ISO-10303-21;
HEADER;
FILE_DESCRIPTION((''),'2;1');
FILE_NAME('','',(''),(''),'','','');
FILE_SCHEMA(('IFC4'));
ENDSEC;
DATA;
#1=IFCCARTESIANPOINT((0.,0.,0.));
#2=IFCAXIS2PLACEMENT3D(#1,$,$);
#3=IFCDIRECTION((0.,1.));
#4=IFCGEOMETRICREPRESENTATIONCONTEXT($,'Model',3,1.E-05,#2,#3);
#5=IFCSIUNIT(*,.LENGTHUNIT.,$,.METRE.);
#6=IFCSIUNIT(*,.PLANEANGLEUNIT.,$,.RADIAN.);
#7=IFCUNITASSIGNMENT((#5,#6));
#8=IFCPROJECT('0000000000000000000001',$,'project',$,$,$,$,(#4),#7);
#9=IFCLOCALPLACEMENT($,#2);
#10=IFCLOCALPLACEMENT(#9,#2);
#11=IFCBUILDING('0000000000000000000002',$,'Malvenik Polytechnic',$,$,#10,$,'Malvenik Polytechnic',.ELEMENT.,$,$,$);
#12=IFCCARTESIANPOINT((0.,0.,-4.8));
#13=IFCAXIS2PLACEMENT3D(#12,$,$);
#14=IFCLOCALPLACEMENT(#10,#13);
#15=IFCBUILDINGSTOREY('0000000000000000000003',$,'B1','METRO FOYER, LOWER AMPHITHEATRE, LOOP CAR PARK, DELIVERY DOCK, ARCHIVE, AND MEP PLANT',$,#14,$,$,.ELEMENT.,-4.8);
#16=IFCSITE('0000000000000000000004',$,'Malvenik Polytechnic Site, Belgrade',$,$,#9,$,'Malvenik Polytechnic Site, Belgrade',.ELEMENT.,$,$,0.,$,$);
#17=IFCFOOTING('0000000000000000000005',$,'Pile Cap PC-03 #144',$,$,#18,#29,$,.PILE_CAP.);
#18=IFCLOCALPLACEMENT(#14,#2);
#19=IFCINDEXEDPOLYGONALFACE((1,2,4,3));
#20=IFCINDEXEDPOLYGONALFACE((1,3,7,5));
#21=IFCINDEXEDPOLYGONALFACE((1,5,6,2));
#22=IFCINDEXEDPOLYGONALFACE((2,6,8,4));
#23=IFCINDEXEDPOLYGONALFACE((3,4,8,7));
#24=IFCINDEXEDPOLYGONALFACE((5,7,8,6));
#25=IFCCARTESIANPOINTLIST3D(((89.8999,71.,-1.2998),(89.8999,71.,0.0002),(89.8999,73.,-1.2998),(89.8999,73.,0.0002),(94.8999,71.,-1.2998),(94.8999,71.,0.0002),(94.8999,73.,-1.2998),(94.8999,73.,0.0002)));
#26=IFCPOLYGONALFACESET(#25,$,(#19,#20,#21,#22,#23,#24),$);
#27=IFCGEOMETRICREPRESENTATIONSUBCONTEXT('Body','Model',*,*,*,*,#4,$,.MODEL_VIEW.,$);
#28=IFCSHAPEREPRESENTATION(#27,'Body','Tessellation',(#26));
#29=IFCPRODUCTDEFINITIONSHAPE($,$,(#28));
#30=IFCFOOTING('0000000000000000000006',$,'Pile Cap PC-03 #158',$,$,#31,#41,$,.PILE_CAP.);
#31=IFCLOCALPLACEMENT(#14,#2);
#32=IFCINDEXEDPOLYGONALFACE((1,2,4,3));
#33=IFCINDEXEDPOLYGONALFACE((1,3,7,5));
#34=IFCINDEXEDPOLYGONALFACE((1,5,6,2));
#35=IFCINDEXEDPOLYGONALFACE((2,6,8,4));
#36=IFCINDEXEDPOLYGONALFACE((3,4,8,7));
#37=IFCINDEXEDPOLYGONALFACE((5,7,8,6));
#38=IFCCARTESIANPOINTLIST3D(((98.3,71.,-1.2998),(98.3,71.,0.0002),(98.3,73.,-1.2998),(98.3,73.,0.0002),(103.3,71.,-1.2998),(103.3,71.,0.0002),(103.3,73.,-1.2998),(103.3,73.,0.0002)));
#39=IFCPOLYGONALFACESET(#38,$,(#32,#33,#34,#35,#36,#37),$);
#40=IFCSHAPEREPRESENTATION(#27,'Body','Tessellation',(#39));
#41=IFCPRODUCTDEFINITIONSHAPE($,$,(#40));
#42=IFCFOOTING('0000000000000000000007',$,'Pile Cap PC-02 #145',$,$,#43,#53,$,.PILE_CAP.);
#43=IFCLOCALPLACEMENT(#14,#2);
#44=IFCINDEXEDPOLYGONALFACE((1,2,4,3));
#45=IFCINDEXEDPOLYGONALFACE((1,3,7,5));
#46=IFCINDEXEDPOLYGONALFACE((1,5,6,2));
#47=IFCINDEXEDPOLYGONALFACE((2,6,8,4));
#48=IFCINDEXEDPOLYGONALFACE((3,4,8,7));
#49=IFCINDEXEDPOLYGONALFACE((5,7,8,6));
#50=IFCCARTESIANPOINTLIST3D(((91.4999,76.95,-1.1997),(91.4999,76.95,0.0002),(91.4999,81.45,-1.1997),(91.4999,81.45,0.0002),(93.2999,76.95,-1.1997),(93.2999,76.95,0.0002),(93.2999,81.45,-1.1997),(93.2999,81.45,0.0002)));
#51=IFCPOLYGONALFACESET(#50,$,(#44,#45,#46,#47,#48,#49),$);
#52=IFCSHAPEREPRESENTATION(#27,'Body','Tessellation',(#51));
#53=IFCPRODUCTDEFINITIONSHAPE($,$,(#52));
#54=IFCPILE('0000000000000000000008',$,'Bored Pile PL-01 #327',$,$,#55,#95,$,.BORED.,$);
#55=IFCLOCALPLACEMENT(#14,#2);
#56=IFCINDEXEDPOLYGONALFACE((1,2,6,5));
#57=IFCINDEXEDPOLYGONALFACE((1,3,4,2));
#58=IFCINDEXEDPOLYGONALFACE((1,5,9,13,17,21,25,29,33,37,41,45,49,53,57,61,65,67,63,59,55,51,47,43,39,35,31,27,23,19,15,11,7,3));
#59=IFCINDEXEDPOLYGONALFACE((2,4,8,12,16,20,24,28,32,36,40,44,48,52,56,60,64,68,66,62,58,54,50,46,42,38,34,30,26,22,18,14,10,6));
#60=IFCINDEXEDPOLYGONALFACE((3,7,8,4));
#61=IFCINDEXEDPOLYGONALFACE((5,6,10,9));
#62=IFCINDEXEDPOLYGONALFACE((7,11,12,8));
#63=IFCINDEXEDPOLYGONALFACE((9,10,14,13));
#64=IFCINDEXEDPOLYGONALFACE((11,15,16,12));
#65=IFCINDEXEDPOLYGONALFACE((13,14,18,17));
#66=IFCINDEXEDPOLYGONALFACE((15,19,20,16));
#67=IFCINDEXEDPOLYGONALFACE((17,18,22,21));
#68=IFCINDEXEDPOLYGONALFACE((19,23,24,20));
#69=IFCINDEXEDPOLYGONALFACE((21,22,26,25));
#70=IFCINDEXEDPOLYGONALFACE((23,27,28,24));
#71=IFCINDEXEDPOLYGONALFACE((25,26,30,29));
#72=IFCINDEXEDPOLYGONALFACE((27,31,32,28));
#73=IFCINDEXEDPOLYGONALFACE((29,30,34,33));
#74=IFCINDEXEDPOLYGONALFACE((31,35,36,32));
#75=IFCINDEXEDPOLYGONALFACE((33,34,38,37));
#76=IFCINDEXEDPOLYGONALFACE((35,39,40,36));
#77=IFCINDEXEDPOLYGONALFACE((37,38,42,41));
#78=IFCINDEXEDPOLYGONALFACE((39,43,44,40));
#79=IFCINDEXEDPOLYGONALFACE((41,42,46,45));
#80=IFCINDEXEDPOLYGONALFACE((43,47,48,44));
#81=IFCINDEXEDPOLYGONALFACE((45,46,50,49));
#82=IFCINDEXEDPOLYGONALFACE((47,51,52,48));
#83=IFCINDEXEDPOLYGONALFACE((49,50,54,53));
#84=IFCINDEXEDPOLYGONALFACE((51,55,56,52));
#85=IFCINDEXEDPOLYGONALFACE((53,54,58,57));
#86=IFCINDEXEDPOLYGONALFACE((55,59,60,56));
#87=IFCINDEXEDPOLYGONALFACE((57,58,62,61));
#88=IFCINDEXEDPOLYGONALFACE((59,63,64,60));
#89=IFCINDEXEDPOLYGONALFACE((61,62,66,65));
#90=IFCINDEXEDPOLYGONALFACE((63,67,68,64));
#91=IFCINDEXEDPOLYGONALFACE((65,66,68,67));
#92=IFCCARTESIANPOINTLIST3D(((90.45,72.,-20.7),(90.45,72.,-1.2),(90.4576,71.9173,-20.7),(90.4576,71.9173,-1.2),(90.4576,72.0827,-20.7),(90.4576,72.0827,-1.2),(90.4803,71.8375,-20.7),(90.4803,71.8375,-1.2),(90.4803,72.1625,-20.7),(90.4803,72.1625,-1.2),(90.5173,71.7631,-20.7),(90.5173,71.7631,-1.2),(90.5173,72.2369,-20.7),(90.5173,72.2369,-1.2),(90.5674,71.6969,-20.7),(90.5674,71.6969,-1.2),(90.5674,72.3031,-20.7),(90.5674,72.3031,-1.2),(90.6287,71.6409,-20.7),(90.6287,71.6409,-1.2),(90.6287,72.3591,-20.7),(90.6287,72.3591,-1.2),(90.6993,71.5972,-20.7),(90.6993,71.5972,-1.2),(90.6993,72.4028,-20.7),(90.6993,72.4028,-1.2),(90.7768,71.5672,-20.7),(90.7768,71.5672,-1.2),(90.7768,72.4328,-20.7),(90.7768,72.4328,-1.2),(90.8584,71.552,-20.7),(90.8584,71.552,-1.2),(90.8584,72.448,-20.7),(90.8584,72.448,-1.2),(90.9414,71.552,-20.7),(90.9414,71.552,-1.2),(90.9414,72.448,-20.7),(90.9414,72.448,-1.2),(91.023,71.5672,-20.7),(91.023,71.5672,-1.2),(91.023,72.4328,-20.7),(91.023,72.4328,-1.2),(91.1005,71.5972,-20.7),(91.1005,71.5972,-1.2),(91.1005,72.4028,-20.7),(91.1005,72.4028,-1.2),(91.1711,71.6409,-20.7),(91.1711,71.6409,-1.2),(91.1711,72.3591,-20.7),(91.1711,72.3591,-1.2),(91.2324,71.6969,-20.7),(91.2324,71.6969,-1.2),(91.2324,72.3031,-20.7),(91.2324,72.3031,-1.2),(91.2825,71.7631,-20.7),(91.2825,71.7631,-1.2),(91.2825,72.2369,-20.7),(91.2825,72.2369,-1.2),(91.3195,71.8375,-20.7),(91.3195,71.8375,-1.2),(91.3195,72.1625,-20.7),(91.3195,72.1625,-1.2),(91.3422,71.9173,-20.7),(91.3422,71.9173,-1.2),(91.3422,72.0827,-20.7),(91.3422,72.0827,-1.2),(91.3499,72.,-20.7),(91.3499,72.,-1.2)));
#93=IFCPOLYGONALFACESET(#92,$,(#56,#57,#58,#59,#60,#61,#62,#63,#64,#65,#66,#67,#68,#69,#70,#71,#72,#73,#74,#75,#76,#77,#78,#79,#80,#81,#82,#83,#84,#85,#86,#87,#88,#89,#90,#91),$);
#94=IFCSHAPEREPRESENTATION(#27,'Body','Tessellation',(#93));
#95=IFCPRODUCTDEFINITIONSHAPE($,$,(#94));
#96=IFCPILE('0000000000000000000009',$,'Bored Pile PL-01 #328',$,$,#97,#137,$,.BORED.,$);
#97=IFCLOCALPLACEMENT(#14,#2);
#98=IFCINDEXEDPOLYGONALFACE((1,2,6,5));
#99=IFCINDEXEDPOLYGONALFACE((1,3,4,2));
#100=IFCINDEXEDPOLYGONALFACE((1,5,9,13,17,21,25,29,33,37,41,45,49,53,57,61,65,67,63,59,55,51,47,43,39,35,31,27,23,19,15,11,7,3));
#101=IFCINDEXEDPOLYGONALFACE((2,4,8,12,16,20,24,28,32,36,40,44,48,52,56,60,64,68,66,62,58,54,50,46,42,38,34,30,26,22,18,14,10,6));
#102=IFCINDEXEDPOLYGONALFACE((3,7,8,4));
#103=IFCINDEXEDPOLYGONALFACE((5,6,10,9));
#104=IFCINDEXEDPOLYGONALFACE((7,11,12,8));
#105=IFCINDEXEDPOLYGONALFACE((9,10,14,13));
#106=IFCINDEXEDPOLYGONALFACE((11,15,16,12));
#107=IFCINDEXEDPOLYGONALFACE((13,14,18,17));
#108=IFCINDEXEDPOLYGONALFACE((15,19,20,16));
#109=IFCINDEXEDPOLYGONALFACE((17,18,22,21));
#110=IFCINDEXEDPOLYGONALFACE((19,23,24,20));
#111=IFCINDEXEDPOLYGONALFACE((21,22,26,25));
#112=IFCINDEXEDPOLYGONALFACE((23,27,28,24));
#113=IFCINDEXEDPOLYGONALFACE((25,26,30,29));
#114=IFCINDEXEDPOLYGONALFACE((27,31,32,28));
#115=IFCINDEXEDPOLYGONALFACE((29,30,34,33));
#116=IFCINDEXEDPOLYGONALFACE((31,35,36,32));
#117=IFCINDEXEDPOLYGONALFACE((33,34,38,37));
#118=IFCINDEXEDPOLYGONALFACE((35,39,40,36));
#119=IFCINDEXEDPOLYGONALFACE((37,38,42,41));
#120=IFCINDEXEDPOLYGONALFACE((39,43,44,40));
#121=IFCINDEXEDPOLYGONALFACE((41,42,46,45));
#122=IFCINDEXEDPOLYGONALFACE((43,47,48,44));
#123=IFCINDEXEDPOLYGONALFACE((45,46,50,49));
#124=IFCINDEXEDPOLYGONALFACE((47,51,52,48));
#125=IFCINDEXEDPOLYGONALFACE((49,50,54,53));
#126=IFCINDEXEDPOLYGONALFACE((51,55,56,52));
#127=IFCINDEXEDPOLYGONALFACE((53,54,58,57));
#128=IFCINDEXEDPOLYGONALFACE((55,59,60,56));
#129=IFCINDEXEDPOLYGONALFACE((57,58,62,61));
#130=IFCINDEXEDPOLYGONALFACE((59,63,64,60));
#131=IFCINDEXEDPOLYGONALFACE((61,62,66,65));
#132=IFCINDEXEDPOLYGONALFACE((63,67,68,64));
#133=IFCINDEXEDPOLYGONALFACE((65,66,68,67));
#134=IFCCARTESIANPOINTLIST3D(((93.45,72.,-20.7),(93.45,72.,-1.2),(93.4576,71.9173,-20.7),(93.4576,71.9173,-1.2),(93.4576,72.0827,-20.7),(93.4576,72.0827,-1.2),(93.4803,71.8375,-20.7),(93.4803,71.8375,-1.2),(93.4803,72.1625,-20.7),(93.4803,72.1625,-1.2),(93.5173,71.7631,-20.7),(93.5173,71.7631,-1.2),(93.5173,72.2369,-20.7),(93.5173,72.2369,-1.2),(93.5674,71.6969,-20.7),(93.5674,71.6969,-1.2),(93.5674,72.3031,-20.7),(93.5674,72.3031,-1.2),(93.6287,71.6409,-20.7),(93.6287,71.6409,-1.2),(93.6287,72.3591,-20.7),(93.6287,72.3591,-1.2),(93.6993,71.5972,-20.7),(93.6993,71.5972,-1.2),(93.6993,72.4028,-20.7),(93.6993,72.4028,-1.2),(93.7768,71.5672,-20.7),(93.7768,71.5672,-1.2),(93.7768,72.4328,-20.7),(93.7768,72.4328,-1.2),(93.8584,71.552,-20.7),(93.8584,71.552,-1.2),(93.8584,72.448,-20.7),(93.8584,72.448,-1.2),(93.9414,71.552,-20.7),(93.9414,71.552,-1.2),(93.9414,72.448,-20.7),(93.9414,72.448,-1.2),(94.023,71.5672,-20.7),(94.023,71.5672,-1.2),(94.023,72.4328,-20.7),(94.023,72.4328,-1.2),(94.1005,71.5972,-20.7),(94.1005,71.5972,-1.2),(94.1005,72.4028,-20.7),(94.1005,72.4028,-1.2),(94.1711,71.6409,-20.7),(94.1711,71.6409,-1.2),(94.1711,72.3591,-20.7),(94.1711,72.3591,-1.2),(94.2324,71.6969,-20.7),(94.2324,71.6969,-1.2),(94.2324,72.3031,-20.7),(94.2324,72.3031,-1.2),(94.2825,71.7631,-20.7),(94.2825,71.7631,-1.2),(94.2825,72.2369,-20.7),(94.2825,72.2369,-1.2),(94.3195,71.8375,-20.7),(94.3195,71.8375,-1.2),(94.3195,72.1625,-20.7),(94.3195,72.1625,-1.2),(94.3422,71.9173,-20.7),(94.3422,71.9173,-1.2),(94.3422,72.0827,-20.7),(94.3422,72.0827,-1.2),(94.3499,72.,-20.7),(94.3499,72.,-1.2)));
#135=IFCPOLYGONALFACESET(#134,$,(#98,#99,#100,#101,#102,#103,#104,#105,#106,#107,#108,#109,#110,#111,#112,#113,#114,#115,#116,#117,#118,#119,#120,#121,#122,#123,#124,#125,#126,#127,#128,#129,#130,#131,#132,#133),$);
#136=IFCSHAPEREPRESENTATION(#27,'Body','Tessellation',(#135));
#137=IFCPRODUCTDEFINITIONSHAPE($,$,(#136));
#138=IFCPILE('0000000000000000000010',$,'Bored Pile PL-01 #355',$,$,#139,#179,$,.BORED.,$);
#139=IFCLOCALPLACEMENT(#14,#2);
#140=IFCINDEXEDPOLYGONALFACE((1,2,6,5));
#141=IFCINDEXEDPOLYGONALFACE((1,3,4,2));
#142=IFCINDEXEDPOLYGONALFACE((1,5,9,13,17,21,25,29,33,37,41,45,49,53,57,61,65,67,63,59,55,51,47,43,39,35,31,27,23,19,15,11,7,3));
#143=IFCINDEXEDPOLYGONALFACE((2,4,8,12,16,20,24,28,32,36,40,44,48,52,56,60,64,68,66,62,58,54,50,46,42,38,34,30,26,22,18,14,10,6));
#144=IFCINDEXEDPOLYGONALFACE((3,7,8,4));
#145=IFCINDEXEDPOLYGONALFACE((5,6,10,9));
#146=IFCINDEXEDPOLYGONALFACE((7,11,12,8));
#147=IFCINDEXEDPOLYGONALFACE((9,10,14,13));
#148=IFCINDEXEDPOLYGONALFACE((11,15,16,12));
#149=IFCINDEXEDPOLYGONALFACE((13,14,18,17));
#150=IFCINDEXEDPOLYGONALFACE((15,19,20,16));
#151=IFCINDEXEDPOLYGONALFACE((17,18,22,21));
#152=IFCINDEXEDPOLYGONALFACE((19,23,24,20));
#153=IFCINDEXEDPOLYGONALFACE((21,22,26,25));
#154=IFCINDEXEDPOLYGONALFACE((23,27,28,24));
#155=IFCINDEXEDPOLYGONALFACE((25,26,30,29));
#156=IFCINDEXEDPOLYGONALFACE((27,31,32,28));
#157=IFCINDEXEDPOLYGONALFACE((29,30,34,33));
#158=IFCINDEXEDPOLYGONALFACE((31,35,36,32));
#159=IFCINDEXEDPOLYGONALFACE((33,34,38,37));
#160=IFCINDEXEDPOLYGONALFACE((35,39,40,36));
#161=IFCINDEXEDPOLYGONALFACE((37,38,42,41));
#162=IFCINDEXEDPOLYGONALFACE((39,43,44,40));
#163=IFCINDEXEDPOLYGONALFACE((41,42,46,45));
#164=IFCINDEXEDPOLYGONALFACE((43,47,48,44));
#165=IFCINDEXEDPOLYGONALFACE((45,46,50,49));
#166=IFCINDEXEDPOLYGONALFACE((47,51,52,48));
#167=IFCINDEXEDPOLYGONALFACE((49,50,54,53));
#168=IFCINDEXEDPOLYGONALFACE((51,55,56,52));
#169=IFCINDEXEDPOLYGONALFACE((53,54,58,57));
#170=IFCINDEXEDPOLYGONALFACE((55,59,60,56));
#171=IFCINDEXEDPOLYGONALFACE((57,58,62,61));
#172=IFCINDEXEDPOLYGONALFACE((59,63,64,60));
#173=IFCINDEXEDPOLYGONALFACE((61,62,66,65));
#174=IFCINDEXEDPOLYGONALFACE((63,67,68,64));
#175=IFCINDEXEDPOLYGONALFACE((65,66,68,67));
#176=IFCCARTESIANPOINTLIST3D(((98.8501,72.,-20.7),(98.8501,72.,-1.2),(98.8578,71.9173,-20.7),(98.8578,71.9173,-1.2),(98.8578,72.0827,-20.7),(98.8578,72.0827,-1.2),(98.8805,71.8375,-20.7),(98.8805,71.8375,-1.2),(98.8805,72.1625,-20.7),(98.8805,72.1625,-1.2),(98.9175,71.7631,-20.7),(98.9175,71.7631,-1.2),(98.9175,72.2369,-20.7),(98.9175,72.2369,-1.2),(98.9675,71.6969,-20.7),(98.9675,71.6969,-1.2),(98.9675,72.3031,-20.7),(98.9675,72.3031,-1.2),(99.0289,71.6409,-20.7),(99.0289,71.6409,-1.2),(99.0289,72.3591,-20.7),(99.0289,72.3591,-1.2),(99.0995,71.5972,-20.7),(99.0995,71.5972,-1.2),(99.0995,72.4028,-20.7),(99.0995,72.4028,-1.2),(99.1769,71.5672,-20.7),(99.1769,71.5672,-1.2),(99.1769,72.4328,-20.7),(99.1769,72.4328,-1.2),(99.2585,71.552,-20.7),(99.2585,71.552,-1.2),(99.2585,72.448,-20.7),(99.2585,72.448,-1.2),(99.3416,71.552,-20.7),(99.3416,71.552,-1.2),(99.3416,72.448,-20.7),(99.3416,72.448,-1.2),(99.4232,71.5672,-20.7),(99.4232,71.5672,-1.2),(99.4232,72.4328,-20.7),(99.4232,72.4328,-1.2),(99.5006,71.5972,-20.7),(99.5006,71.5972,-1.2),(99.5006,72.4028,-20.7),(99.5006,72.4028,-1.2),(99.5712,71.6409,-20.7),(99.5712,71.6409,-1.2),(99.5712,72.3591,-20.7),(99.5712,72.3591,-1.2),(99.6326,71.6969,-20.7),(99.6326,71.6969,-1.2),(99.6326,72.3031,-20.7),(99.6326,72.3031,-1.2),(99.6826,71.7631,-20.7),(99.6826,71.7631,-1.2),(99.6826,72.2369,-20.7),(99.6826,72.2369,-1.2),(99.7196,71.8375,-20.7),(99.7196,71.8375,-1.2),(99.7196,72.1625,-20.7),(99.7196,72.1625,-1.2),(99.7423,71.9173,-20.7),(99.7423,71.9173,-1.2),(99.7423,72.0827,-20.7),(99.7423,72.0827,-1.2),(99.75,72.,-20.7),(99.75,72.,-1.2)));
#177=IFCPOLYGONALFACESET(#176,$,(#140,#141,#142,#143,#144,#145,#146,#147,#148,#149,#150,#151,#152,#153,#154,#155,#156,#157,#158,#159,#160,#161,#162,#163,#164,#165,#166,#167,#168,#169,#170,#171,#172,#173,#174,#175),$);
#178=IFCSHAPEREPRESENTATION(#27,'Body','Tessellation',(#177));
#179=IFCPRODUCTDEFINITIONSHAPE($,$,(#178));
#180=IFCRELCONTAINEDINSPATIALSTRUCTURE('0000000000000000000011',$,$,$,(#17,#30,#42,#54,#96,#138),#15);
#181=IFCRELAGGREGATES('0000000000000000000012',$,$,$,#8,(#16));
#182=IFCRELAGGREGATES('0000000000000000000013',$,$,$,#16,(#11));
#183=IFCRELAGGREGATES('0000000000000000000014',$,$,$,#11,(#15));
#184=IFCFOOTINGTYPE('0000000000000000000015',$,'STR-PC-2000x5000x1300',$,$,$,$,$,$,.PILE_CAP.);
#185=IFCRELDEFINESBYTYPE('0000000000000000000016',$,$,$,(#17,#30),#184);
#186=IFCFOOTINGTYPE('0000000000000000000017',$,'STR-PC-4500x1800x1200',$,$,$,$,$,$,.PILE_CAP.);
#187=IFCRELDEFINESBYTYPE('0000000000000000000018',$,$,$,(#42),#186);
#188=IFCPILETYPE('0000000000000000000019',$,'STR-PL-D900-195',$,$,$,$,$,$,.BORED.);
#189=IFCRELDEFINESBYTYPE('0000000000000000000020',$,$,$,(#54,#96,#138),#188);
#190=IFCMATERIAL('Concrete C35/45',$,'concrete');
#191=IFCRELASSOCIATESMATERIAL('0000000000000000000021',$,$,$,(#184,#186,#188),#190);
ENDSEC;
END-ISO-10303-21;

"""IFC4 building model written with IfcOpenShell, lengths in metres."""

from ifc_helpers import new_model, si_unit, direction, frame, origin, origin_2d, place, context, subcontext, project, spatial, rectangle, circle, extrude, material, material_profile, profile_set, type_object, element, save


model = new_model("IFC4")

# Units and contexts
model_context = context("Model", 3, precision=1e-05, world=origin(), true_north=direction((0.0, 1.0)))
body_context = subcontext(model_context, "Body", "Model", "MODEL_VIEW")
ifc_project = project(units=[si_unit("LENGTHUNIT", "METRE"), si_unit("PLANEANGLEUNIT", "RADIAN")], contexts=[model_context])

# Site, building, storey
site_placement = place(None, origin())
site = spatial("IfcSite", under=ifc_project, at=site_placement, Name="Malvenik Polytechnic Site, Belgrade", LongName="Malvenik Polytechnic Site, Belgrade", CompositionType="ELEMENT", RefElevation=0.0)
building_placement = place(site_placement, origin())
building = spatial("IfcBuilding", under=site, at=building_placement, Name="Malvenik Polytechnic", LongName="Malvenik Polytechnic", CompositionType="ELEMENT")
storey_placement = place(building_placement, frame((0.0, 0.0, -4.8)))
storey = spatial("IfcBuildingStorey", under=building, at=storey_placement, Name="B1", Description="METRO FOYER, LOWER AMPHITHEATRE, LOOP CAR PARK, DELIVERY DOCK, ARCHIVE, AND MEP PLANT", CompositionType="ELEMENT", Elevation=-4.8)

# Footings
ifc_material_1 = material(Name="Concrete C35/45", Category="concrete")
footing_type_1 = type_object("IfcFootingType", Name="STR-PC-2000x5000x1300", PredefinedType="PILE_CAP", material=ifc_material_1)
for number, where, z_axis, x_axis, name in (
    (1, (92.3999, 72.0, -1.2998), (0.0, 0.0, 1.0), (1.0, 0.0, 0.0), "Pile Cap PC-03 #144"),
    (2, (100.8, 72.0, -1.2998), (0.0, 0.0, 1.0), (1.0, 0.0, 0.0), "Pile Cap PC-03 #158"),
):
    element("IfcFooting", number, at=place(storey_placement, frame(where, z_axis=z_axis, x_axis=x_axis)), inside=storey, type_object=footing_type_1, Name=name, PredefinedType="PILE_CAP", context=body_context, shape_type="SweptSolid", body=[
        extrude(rectangle(XDim=5.0, YDim=2.0, at=origin_2d()), origin(), (0.0, 0.0, 1.0), 1.3),
    ])
footing_type_2 = type_object("IfcFootingType", Name="STR-PC-4500x1800x1200", PredefinedType="PILE_CAP", material=ifc_material_1)
footing_placement = place(storey_placement, frame((92.3999, 79.2, -1.1997), z_axis=(0.0, 0.0, 1.0), x_axis=(1.0, 0.0, 0.0)))
element("IfcFooting", 3, at=footing_placement, inside=storey, type_object=footing_type_2, Name="Pile Cap PC-02 #145", PredefinedType="PILE_CAP", context=body_context, shape_type="SweptSolid", body=[
    extrude(rectangle(XDim=1.8, YDim=4.5, at=origin_2d()), origin(), (0.0, 0.0, 1.0), 1.2),
])

# Piles
ifc_material_profile_1 = material_profile(ifc_material_1, circle(Radius=0.45, at=origin_2d()), Name="BORED PILE D900")
ifc_profile_set_1 = profile_set([ifc_material_profile_1], Name="Concrete C35/45")
pile_type_1 = type_object("IfcPileType", Name="STR-PL-D900-195", PredefinedType="BORED", material=ifc_profile_set_1)
for number, where, z_axis, x_axis, name in (
    (4, (90.8999, 72.0, -1.2), (0.0, 0.0, -1.0), (1.0, 0.0, 0.0), "Bored Pile PL-01 #327"),
    (5, (93.8999, 72.0, -1.2), (0.0, 0.0, -1.0), (1.0, 0.0, 0.0), "Bored Pile PL-01 #328"),
    (6, (99.3, 72.0, -1.2), (0.0, 0.0, -1.0), (1.0, 0.0, 0.0), "Bored Pile PL-01 #355"),
):
    element("IfcPile", number, at=place(storey_placement, frame(where, z_axis=z_axis, x_axis=x_axis)), inside=storey, type_object=pile_type_1, Name=name, PredefinedType="BORED", context=body_context, shape_type="SweptSolid", body=[
        extrude(circle(Radius=0.45, at=origin_2d()), origin(), (0.0, 0.0, 1.0), 19.5),
    ])

save(model, "model.ifc")
